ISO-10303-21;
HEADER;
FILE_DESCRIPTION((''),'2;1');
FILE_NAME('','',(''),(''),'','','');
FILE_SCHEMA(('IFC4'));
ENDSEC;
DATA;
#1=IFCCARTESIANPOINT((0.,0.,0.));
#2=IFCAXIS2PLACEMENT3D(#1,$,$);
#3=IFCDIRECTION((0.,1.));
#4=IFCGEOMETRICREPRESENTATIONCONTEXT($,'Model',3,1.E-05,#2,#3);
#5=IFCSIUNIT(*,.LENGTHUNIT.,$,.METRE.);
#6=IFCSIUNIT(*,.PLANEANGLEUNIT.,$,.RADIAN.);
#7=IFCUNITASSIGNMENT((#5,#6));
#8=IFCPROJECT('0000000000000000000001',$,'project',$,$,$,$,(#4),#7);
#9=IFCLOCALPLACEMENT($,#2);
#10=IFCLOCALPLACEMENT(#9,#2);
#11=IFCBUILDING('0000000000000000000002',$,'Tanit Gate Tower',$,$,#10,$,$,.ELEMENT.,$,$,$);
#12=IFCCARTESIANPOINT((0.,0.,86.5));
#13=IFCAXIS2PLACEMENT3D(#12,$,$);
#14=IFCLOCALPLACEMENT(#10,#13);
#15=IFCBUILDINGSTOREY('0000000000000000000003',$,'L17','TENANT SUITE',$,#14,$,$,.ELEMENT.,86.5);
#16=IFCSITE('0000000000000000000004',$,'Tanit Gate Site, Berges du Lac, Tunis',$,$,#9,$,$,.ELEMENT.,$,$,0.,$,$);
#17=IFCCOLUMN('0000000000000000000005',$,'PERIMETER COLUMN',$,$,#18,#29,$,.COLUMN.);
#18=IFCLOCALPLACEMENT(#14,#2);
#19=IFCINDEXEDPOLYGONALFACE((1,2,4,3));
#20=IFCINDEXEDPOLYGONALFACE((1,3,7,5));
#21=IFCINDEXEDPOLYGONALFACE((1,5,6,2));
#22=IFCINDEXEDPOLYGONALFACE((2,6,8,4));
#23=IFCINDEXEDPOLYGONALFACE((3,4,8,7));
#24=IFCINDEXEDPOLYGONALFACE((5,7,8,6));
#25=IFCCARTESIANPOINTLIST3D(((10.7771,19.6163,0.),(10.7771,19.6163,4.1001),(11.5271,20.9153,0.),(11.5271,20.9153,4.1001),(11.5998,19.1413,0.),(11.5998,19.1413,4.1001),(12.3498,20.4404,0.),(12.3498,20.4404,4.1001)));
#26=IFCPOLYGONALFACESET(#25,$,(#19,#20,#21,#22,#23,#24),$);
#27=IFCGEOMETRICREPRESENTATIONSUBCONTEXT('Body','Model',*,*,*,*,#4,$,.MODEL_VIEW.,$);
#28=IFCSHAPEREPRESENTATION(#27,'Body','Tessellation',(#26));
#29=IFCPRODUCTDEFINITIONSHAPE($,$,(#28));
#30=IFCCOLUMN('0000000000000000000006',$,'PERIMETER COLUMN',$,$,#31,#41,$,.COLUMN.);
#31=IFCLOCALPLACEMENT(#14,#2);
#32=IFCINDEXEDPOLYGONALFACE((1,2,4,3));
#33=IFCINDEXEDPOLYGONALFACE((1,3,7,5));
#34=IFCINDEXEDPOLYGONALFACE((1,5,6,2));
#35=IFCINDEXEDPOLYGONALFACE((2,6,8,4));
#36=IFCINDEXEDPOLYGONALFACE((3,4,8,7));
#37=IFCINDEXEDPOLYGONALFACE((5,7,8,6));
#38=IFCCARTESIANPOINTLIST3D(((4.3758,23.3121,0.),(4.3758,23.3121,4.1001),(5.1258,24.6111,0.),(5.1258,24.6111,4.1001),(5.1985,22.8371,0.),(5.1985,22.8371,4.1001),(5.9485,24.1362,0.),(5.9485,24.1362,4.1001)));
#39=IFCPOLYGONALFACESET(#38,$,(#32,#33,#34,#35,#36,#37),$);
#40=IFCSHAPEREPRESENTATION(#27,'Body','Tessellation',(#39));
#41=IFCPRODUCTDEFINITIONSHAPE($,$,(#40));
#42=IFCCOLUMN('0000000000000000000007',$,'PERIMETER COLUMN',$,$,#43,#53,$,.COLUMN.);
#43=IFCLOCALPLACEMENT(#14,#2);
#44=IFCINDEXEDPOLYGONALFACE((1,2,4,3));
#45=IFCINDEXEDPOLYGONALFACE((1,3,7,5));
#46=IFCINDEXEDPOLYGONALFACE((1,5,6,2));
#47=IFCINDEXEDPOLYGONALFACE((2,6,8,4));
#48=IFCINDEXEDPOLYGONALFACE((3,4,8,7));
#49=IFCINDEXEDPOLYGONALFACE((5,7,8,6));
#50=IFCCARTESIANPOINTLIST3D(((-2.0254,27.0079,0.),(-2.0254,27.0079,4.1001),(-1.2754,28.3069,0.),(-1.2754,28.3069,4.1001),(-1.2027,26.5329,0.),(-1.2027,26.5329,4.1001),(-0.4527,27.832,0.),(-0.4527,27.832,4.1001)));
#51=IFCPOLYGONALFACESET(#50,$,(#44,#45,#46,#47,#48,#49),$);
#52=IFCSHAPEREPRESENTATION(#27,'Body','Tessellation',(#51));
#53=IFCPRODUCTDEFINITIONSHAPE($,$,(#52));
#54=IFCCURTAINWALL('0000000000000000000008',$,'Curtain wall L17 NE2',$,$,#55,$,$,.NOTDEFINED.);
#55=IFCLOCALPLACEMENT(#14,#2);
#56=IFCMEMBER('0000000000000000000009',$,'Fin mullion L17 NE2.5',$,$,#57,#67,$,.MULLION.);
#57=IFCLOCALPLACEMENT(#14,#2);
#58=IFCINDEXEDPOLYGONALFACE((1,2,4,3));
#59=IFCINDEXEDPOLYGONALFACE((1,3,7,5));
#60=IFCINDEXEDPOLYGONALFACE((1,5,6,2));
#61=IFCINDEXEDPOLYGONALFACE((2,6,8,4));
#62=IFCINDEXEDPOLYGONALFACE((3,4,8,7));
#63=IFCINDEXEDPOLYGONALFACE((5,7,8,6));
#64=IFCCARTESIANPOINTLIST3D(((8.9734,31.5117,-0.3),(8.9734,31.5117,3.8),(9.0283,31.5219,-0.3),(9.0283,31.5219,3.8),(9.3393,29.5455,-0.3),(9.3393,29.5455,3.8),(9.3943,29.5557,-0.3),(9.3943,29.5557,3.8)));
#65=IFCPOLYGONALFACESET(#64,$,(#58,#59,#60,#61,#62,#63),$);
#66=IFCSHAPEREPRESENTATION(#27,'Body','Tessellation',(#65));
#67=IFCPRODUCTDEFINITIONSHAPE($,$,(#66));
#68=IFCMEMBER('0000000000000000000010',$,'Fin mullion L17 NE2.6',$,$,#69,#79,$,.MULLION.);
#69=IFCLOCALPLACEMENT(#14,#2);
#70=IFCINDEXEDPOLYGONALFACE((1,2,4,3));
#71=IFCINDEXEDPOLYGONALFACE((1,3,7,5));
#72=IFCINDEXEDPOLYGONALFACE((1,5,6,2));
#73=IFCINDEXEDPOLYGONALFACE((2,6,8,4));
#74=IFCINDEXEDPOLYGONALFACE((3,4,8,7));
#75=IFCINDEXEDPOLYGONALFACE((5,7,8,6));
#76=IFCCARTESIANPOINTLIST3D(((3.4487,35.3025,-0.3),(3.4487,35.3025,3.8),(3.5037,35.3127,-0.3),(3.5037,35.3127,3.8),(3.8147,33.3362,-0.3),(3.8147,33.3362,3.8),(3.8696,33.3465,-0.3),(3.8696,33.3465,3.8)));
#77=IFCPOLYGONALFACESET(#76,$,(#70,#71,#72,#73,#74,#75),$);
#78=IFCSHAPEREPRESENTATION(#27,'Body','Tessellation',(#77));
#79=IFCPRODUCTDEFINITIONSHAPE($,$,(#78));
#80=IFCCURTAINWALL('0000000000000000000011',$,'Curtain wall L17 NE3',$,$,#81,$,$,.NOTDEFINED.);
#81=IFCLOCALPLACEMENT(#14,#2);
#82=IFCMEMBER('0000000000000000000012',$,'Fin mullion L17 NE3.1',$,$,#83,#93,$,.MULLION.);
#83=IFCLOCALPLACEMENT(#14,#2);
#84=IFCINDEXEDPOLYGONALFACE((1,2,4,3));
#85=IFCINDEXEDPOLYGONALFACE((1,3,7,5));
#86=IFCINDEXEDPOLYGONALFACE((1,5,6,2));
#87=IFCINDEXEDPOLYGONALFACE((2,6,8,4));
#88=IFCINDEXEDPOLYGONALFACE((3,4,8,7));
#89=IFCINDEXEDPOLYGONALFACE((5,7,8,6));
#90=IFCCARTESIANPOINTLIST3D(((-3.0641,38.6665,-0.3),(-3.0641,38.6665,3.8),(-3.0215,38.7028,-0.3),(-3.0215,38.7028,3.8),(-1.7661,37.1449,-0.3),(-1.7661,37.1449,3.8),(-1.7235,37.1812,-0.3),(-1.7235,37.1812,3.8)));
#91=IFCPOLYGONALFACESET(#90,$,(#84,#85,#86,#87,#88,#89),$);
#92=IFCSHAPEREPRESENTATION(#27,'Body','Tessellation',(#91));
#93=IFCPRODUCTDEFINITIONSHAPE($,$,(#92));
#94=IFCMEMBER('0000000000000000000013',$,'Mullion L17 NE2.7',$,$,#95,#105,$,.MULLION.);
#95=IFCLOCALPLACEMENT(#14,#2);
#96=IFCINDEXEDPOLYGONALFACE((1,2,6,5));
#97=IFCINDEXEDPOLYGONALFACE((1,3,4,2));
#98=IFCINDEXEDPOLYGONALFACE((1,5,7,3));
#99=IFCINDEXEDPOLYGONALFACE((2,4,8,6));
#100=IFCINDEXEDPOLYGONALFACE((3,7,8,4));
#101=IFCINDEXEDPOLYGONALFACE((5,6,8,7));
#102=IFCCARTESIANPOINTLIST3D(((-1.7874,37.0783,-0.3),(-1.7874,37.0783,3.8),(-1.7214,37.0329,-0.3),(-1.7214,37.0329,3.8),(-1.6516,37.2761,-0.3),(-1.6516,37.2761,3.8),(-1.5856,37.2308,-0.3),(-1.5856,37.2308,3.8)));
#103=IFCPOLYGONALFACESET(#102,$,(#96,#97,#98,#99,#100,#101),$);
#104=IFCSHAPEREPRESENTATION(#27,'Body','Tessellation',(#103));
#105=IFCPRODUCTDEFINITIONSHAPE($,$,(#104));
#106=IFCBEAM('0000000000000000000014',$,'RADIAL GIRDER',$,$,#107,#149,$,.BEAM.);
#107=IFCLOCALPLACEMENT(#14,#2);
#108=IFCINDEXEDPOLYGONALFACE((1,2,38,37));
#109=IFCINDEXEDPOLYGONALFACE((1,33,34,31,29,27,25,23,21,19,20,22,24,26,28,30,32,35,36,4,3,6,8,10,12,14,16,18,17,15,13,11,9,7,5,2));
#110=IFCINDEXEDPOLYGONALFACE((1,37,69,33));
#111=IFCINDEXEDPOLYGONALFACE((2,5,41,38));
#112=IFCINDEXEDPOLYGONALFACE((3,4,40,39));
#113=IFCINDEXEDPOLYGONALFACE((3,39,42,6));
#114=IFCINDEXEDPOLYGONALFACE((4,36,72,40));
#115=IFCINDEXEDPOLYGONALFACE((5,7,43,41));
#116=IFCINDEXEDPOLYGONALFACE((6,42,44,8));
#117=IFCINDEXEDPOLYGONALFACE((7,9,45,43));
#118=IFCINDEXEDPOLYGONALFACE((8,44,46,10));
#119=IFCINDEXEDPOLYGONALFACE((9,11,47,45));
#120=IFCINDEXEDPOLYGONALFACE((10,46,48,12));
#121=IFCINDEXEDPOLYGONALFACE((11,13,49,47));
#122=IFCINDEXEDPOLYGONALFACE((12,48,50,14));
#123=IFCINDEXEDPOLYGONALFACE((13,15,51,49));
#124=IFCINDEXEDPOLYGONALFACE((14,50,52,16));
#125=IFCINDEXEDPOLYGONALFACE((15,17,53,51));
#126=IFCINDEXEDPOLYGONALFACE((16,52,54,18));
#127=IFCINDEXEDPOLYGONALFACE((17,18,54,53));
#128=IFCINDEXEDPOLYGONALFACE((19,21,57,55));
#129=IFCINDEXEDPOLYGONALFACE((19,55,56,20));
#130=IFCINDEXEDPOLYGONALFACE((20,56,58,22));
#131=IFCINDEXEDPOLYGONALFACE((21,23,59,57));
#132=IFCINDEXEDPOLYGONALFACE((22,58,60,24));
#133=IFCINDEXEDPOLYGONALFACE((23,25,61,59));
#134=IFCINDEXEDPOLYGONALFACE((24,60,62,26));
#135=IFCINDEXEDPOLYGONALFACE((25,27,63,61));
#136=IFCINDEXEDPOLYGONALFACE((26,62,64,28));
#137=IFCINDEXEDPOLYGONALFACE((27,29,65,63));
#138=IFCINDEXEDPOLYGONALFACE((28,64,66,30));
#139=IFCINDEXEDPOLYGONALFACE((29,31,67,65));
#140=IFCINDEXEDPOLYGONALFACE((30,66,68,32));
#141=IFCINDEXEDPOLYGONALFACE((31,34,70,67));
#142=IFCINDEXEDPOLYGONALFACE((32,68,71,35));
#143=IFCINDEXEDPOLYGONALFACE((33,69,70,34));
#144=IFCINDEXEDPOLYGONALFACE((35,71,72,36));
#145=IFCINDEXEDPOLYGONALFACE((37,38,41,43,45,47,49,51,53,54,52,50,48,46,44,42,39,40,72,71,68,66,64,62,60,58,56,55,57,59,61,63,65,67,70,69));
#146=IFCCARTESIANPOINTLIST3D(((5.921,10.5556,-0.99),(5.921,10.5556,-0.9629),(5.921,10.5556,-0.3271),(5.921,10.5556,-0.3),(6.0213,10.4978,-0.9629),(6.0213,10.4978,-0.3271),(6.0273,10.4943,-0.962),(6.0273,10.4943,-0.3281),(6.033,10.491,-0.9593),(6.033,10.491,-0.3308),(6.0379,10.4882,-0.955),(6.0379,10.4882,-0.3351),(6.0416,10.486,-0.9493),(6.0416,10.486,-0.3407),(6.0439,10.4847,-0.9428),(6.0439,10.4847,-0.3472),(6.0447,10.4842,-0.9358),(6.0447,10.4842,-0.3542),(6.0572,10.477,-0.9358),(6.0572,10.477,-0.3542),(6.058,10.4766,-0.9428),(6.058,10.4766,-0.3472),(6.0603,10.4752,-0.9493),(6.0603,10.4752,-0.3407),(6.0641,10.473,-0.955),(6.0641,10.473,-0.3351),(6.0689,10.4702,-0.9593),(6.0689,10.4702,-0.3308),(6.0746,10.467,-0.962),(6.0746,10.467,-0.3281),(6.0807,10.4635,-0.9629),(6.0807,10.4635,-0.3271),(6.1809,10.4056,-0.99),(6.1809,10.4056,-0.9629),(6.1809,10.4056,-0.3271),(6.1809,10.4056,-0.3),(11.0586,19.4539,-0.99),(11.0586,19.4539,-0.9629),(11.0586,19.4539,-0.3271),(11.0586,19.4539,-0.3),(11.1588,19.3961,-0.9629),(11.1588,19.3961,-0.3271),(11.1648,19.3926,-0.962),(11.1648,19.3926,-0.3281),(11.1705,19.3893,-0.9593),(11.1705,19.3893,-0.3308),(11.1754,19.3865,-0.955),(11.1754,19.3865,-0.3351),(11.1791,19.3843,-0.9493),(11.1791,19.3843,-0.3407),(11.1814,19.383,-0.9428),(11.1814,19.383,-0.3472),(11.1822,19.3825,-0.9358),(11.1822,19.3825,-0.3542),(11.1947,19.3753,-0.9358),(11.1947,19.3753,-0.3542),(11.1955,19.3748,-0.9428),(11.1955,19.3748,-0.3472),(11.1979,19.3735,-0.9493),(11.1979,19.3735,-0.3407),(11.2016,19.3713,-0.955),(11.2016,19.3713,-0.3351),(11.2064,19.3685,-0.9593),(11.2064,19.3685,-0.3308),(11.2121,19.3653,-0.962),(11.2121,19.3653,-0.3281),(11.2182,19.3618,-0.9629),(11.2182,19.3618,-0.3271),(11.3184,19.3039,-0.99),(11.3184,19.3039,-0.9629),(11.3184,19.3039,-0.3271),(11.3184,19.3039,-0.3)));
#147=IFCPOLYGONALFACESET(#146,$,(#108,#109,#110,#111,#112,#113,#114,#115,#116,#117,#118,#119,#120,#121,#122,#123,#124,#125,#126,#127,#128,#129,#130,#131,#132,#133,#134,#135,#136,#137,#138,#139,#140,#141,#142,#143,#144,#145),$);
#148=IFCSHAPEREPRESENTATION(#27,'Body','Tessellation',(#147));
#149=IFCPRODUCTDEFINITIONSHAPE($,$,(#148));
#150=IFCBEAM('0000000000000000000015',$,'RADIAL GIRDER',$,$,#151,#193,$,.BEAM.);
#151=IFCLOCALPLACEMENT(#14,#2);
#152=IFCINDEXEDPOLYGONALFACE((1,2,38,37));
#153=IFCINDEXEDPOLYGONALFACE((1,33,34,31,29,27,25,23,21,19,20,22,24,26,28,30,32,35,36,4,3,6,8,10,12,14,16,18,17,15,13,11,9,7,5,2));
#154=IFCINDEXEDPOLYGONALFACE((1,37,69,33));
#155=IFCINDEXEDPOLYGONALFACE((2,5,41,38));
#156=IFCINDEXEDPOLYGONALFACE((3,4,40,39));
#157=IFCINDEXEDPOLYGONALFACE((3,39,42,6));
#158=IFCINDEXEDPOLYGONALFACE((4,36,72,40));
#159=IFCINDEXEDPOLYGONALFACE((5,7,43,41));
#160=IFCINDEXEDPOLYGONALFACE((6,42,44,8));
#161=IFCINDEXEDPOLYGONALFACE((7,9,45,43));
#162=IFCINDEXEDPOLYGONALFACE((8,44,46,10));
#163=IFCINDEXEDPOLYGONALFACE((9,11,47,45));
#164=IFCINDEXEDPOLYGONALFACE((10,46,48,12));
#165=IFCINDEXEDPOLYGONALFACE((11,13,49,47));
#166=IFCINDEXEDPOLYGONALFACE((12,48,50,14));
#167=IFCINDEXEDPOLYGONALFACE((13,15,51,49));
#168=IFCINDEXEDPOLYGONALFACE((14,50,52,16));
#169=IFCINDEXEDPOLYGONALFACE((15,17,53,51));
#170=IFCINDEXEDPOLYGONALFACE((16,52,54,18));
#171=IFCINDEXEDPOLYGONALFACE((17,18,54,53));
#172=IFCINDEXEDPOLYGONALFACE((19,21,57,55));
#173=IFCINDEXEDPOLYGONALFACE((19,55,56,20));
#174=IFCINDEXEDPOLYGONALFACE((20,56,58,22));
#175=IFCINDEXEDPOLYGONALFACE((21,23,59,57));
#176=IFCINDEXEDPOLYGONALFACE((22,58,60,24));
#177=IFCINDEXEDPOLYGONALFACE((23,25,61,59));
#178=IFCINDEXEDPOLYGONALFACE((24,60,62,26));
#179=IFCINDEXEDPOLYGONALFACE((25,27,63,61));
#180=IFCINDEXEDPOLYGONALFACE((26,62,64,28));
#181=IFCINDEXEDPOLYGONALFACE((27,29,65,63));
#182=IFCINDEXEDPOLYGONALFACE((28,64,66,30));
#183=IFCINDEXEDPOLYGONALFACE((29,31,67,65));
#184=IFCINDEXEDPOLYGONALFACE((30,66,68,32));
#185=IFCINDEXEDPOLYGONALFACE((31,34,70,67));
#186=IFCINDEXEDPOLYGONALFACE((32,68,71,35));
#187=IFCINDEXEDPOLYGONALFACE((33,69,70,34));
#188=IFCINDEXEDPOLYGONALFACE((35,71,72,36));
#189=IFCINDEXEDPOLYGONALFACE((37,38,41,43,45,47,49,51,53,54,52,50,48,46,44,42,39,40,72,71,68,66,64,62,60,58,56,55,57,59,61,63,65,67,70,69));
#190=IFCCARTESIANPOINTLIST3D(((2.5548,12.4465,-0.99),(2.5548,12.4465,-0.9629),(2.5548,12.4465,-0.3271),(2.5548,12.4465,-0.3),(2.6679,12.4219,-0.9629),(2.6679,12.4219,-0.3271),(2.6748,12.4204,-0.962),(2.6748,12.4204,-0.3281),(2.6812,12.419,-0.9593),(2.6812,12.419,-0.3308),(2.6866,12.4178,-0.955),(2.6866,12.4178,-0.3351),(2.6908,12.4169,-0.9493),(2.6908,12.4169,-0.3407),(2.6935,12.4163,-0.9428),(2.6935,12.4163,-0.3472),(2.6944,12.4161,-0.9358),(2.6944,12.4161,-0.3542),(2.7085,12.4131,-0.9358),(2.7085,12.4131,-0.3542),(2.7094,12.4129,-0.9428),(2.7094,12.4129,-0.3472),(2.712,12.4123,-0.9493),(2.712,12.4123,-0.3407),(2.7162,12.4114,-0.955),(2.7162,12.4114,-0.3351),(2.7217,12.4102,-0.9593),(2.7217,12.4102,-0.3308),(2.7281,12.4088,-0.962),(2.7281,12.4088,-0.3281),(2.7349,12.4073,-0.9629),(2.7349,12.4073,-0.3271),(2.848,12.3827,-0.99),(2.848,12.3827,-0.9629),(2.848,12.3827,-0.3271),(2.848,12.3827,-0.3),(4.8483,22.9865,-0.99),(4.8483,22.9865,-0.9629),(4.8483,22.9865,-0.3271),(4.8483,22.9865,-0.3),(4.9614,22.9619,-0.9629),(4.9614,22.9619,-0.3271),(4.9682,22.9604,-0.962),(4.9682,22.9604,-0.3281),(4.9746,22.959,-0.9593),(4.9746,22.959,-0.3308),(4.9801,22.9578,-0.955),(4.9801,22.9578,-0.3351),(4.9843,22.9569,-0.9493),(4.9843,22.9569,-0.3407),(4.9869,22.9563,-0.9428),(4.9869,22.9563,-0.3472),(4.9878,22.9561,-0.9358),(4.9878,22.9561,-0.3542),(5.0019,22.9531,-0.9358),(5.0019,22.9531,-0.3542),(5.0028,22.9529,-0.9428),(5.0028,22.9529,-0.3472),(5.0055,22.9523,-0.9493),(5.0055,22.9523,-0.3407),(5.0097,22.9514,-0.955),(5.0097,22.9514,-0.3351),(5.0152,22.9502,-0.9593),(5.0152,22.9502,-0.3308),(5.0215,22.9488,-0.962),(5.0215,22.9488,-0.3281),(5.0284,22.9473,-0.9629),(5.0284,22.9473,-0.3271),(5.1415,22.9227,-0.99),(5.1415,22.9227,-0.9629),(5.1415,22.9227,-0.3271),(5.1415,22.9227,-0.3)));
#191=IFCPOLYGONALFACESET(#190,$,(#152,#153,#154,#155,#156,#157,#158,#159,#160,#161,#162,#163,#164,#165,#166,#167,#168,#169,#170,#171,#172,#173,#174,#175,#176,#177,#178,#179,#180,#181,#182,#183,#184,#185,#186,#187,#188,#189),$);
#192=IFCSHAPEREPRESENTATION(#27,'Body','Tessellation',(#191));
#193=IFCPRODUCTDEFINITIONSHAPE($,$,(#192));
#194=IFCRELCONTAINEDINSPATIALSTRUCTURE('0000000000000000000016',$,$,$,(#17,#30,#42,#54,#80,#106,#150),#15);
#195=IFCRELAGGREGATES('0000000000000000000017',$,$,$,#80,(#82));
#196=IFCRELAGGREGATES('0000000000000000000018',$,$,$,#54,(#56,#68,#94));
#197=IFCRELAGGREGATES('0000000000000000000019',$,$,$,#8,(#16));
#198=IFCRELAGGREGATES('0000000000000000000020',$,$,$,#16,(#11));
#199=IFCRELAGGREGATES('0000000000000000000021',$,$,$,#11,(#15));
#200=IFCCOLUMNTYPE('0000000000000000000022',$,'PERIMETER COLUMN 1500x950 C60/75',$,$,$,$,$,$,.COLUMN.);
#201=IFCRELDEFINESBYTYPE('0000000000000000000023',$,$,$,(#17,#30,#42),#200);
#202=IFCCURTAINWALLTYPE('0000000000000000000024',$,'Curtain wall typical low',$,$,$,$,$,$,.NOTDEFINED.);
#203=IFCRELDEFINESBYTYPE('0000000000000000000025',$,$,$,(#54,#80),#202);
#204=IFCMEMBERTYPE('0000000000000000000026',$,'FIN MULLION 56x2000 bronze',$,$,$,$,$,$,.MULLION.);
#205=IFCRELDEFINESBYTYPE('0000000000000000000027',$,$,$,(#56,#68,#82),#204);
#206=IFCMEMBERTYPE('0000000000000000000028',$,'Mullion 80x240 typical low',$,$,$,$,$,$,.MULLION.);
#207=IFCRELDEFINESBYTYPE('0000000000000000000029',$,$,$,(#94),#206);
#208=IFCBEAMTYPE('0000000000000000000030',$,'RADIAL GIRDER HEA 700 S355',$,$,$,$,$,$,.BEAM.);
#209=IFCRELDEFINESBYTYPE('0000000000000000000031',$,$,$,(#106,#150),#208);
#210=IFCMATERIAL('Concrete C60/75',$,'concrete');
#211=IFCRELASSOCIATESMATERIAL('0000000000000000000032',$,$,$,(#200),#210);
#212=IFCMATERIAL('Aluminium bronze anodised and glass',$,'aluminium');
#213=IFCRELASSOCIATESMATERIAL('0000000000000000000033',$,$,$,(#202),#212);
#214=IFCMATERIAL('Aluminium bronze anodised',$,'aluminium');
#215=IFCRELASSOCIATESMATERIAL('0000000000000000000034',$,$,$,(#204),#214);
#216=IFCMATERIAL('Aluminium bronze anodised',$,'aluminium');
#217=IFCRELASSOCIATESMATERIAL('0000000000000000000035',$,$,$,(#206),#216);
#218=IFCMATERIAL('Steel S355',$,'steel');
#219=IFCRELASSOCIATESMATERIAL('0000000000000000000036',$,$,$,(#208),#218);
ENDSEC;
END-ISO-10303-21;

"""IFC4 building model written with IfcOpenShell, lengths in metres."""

from ifc_helpers import new_model, si_unit, direction, frame, origin, origin_2d, place, context, subcontext, project, spatial, rectangle, i_section, extrude, material, material_profile, profile_set, type_object, element, aggregate, save


model = new_model("IFC4")

# Units and contexts
model_context = context("Model", 3, precision=1e-05, world=origin(), true_north=direction((0.0, 1.0)))
body_context = subcontext(model_context, "Body", "Model", "MODEL_VIEW")
ifc_project = project(units=[si_unit("LENGTHUNIT", "METRE"), si_unit("PLANEANGLEUNIT", "RADIAN")], contexts=[model_context])

# Site, building, storey
site_placement = place(None, origin())
site = spatial("IfcSite", under=ifc_project, at=site_placement, Name="Tanit Gate Site, Berges du Lac, Tunis", CompositionType="ELEMENT", RefElevation=0.0)
building_placement = place(site_placement, origin())
building = spatial("IfcBuilding", under=site, at=building_placement, Name="Tanit Gate Tower", CompositionType="ELEMENT")
storey_placement = place(building_placement, frame((0.0, 0.0, 86.5)))
storey = spatial("IfcBuildingStorey", under=building, at=storey_placement, Name="L17", Description="TENANT SUITE", CompositionType="ELEMENT", Elevation=86.5)

# Columns
ifc_material_1 = material(Name="Concrete C60/75", Category="concrete")
ifc_material_profile_1 = material_profile(ifc_material_1, rectangle(XDim=1.5, YDim=0.95, at=origin_2d()), Name="RC 1500x950")
ifc_profile_set_1 = profile_set([ifc_material_profile_1], Name="Concrete C60/75")
column_type = type_object("IfcColumnType", Name="PERIMETER COLUMN 1500x950 C60/75", PredefinedType="COLUMN", material=ifc_profile_set_1)
for number, where, z_axis, x_axis, name in (
    (1, (11.5635, 20.0283, 0.0), (0.0, 0.0, 1.0), (0.5, 0.866025, 0.0), "PERIMETER COLUMN"),
    (2, (5.1621, 23.7241, 0.0), (0.0, 0.0, 1.0), (0.5, 0.866025, 0.0), "PERIMETER COLUMN"),
    (3, (-1.239, 27.4199, 0.0), (0.0, 0.0, 1.0), (0.5, 0.866025, 0.0), "PERIMETER COLUMN"),
):
    element("IfcColumn", number, at=place(storey_placement, frame(where, z_axis=z_axis, x_axis=x_axis)), inside=storey, type_object=column_type, Name=name, PredefinedType="COLUMN", context=body_context, shape_type="SweptSolid", body=[
        extrude(rectangle(XDim=1.5, YDim=0.95, at=origin_2d()), origin(), (0.0, 0.0, 1.0), 4.1001),
    ])

# Curtain wall, members
ifc_material_2 = material(Name="Aluminium bronze anodised and glass", Category="aluminium")
curtain_wall_type = type_object("IfcCurtainWallType", Name="Curtain wall typical low", PredefinedType="NOTDEFINED", material=ifc_material_2)
curtain_wall_1_placement = place(storey_placement, origin())
curtain_wall_1 = element("IfcCurtainWall", 4, at=curtain_wall_1_placement, inside=storey, type_object=curtain_wall_type, Name="Curtain wall L17 NE2", PredefinedType="NOTDEFINED")
ifc_material_3 = material(Name="Aluminium bronze anodised", Category="aluminium")
ifc_material_profile_2 = material_profile(ifc_material_3, rectangle(XDim=2.0, YDim=0.0559, at=origin_2d()), Name="56x2000 bronze fin mullion")
ifc_profile_set_2 = profile_set([ifc_material_profile_2], Name="Aluminium bronze anodised")
member_type_1 = type_object("IfcMemberType", Name="FIN MULLION 56x2000 bronze", PredefinedType="MULLION", material=ifc_profile_set_2)
member_1_placement = place(storey_placement, frame((9.1838, 30.5337, -0.3), z_axis=(0.0, 0.0, 1.0), x_axis=(0.182983, -0.983116, 0.0)))
member_1 = element("IfcMember", 5, at=member_1_placement, type_object=member_type_1, Name="Fin mullion L17 NE2.5", PredefinedType="MULLION", context=body_context, shape_type="SweptSolid", body=[
    extrude(rectangle(XDim=2.0, YDim=0.0559, at=origin_2d()), origin(), (0.0, 0.0, 1.0), 4.1001),
])
member_2_placement = place(storey_placement, frame((3.6592, 34.3245, -0.3), z_axis=(0.0, 0.0, 1.0), x_axis=(0.182983, -0.983116, 0.0)))
member_2 = element("IfcMember", 6, at=member_2_placement, type_object=member_type_1, Name="Fin mullion L17 NE2.6", PredefinedType="MULLION", context=body_context, shape_type="SweptSolid", body=[
    extrude(rectangle(XDim=2.0, YDim=0.0559, at=origin_2d()), origin(), (0.0, 0.0, 1.0), 4.1001),
])

# Curtain wall, member
curtain_wall_2_placement = place(storey_placement, origin())
curtain_wall_2 = element("IfcCurtainWall", 7, at=curtain_wall_2_placement, inside=storey, type_object=curtain_wall_type, Name="Curtain wall L17 NE3", PredefinedType="NOTDEFINED")
member_3_placement = place(storey_placement, frame((-2.3938, 37.9238, -0.3), z_axis=(0.0, 0.0, 1.0), x_axis=(0.649001, -0.760787, 0.0)))
member_3 = element("IfcMember", 8, at=member_3_placement, type_object=member_type_1, Name="Fin mullion L17 NE3.1", PredefinedType="MULLION", context=body_context, shape_type="SweptSolid", body=[
    extrude(rectangle(XDim=2.0, YDim=0.0559, at=origin_2d()), origin(), (0.0, 0.0, 1.0), 4.1001),
])

# Member
ifc_material_4 = material(Name="Aluminium bronze anodised", Category="aluminium")
ifc_material_profile_3 = material_profile(ifc_material_4, rectangle(XDim=0.24, YDim=0.0801, at=origin_2d()), Name="80x240 bronze mullion")
ifc_profile_set_3 = profile_set([ifc_material_profile_3], Name="Aluminium bronze anodised")
member_type_2 = type_object("IfcMemberType", Name="Mullion 80x240 typical low", PredefinedType="MULLION", material=ifc_profile_set_3)
member_4_placement = place(storey_placement, frame((-1.6865, 37.1545, -0.3), z_axis=(0.0, 0.0, 1.0), x_axis=(-0.56578, -0.824557, 0.0)))
member_4 = element("IfcMember", 9, at=member_4_placement, type_object=member_type_2, Name="Mullion L17 NE2.7", PredefinedType="MULLION", context=body_context, shape_type="SweptSolid", body=[
    extrude(rectangle(XDim=0.24, YDim=0.0801, at=origin_2d()), origin(), (0.0, 0.0, 1.0), 4.1001),
])

# Beams
ifc_material_5 = material(Name="Steel S355", Category="steel")
ifc_material_profile_4 = material_profile(ifc_material_5, i_section(OverallWidth=0.3, OverallDepth=0.6899, WebThickness=0.0144, FlangeThickness=0.0271, FilletRadius=0.0271, at=origin_2d()), Name="HEA 700")
ifc_profile_set_4 = profile_set([ifc_material_profile_4], Name="Steel S355")
beam_type = type_object("IfcBeamType", Name="RADIAL GIRDER HEA 700 S355", PredefinedType="BEAM", material=ifc_profile_set_4)
beam_1_placement = place(storey_placement, frame((11.1885, 19.3789, -0.645), z_axis=(-0.500006, -0.866022, 0.0), x_axis=(0.866022, -0.500006, 0.0)))
element("IfcBeam", 10, at=beam_1_placement, inside=storey, type_object=beam_type, Name="RADIAL GIRDER", PredefinedType="BEAM", context=body_context, shape_type="SweptSolid", body=[
    extrude(i_section(OverallWidth=0.3, OverallDepth=0.6899, WebThickness=0.0144, FlangeThickness=0.0271, FilletRadius=0.0271, at=origin_2d()), origin(), (0.0, 0.0, 1.0), 10.2749),
])
beam_2_placement = place(storey_placement, frame((4.9949, 22.9546, -0.645), z_axis=(-0.212619, -0.977135, 0.0), x_axis=(0.977135, -0.212619, 0.0)))
element("IfcBeam", 11, at=beam_2_placement, inside=storey, type_object=beam_type, Name="RADIAL GIRDER", PredefinedType="BEAM", context=body_context, shape_type="SweptSolid", body=[
    extrude(i_section(OverallWidth=0.3, OverallDepth=0.6899, WebThickness=0.0144, FlangeThickness=0.0271, FilletRadius=0.0271, at=origin_2d()), origin(), (0.0, 0.0, 1.0), 10.7866),
])

aggregate(curtain_wall_2, [member_3])

aggregate(curtain_wall_1, [member_1, member_2, member_4])

save(model, "model.ifc")
